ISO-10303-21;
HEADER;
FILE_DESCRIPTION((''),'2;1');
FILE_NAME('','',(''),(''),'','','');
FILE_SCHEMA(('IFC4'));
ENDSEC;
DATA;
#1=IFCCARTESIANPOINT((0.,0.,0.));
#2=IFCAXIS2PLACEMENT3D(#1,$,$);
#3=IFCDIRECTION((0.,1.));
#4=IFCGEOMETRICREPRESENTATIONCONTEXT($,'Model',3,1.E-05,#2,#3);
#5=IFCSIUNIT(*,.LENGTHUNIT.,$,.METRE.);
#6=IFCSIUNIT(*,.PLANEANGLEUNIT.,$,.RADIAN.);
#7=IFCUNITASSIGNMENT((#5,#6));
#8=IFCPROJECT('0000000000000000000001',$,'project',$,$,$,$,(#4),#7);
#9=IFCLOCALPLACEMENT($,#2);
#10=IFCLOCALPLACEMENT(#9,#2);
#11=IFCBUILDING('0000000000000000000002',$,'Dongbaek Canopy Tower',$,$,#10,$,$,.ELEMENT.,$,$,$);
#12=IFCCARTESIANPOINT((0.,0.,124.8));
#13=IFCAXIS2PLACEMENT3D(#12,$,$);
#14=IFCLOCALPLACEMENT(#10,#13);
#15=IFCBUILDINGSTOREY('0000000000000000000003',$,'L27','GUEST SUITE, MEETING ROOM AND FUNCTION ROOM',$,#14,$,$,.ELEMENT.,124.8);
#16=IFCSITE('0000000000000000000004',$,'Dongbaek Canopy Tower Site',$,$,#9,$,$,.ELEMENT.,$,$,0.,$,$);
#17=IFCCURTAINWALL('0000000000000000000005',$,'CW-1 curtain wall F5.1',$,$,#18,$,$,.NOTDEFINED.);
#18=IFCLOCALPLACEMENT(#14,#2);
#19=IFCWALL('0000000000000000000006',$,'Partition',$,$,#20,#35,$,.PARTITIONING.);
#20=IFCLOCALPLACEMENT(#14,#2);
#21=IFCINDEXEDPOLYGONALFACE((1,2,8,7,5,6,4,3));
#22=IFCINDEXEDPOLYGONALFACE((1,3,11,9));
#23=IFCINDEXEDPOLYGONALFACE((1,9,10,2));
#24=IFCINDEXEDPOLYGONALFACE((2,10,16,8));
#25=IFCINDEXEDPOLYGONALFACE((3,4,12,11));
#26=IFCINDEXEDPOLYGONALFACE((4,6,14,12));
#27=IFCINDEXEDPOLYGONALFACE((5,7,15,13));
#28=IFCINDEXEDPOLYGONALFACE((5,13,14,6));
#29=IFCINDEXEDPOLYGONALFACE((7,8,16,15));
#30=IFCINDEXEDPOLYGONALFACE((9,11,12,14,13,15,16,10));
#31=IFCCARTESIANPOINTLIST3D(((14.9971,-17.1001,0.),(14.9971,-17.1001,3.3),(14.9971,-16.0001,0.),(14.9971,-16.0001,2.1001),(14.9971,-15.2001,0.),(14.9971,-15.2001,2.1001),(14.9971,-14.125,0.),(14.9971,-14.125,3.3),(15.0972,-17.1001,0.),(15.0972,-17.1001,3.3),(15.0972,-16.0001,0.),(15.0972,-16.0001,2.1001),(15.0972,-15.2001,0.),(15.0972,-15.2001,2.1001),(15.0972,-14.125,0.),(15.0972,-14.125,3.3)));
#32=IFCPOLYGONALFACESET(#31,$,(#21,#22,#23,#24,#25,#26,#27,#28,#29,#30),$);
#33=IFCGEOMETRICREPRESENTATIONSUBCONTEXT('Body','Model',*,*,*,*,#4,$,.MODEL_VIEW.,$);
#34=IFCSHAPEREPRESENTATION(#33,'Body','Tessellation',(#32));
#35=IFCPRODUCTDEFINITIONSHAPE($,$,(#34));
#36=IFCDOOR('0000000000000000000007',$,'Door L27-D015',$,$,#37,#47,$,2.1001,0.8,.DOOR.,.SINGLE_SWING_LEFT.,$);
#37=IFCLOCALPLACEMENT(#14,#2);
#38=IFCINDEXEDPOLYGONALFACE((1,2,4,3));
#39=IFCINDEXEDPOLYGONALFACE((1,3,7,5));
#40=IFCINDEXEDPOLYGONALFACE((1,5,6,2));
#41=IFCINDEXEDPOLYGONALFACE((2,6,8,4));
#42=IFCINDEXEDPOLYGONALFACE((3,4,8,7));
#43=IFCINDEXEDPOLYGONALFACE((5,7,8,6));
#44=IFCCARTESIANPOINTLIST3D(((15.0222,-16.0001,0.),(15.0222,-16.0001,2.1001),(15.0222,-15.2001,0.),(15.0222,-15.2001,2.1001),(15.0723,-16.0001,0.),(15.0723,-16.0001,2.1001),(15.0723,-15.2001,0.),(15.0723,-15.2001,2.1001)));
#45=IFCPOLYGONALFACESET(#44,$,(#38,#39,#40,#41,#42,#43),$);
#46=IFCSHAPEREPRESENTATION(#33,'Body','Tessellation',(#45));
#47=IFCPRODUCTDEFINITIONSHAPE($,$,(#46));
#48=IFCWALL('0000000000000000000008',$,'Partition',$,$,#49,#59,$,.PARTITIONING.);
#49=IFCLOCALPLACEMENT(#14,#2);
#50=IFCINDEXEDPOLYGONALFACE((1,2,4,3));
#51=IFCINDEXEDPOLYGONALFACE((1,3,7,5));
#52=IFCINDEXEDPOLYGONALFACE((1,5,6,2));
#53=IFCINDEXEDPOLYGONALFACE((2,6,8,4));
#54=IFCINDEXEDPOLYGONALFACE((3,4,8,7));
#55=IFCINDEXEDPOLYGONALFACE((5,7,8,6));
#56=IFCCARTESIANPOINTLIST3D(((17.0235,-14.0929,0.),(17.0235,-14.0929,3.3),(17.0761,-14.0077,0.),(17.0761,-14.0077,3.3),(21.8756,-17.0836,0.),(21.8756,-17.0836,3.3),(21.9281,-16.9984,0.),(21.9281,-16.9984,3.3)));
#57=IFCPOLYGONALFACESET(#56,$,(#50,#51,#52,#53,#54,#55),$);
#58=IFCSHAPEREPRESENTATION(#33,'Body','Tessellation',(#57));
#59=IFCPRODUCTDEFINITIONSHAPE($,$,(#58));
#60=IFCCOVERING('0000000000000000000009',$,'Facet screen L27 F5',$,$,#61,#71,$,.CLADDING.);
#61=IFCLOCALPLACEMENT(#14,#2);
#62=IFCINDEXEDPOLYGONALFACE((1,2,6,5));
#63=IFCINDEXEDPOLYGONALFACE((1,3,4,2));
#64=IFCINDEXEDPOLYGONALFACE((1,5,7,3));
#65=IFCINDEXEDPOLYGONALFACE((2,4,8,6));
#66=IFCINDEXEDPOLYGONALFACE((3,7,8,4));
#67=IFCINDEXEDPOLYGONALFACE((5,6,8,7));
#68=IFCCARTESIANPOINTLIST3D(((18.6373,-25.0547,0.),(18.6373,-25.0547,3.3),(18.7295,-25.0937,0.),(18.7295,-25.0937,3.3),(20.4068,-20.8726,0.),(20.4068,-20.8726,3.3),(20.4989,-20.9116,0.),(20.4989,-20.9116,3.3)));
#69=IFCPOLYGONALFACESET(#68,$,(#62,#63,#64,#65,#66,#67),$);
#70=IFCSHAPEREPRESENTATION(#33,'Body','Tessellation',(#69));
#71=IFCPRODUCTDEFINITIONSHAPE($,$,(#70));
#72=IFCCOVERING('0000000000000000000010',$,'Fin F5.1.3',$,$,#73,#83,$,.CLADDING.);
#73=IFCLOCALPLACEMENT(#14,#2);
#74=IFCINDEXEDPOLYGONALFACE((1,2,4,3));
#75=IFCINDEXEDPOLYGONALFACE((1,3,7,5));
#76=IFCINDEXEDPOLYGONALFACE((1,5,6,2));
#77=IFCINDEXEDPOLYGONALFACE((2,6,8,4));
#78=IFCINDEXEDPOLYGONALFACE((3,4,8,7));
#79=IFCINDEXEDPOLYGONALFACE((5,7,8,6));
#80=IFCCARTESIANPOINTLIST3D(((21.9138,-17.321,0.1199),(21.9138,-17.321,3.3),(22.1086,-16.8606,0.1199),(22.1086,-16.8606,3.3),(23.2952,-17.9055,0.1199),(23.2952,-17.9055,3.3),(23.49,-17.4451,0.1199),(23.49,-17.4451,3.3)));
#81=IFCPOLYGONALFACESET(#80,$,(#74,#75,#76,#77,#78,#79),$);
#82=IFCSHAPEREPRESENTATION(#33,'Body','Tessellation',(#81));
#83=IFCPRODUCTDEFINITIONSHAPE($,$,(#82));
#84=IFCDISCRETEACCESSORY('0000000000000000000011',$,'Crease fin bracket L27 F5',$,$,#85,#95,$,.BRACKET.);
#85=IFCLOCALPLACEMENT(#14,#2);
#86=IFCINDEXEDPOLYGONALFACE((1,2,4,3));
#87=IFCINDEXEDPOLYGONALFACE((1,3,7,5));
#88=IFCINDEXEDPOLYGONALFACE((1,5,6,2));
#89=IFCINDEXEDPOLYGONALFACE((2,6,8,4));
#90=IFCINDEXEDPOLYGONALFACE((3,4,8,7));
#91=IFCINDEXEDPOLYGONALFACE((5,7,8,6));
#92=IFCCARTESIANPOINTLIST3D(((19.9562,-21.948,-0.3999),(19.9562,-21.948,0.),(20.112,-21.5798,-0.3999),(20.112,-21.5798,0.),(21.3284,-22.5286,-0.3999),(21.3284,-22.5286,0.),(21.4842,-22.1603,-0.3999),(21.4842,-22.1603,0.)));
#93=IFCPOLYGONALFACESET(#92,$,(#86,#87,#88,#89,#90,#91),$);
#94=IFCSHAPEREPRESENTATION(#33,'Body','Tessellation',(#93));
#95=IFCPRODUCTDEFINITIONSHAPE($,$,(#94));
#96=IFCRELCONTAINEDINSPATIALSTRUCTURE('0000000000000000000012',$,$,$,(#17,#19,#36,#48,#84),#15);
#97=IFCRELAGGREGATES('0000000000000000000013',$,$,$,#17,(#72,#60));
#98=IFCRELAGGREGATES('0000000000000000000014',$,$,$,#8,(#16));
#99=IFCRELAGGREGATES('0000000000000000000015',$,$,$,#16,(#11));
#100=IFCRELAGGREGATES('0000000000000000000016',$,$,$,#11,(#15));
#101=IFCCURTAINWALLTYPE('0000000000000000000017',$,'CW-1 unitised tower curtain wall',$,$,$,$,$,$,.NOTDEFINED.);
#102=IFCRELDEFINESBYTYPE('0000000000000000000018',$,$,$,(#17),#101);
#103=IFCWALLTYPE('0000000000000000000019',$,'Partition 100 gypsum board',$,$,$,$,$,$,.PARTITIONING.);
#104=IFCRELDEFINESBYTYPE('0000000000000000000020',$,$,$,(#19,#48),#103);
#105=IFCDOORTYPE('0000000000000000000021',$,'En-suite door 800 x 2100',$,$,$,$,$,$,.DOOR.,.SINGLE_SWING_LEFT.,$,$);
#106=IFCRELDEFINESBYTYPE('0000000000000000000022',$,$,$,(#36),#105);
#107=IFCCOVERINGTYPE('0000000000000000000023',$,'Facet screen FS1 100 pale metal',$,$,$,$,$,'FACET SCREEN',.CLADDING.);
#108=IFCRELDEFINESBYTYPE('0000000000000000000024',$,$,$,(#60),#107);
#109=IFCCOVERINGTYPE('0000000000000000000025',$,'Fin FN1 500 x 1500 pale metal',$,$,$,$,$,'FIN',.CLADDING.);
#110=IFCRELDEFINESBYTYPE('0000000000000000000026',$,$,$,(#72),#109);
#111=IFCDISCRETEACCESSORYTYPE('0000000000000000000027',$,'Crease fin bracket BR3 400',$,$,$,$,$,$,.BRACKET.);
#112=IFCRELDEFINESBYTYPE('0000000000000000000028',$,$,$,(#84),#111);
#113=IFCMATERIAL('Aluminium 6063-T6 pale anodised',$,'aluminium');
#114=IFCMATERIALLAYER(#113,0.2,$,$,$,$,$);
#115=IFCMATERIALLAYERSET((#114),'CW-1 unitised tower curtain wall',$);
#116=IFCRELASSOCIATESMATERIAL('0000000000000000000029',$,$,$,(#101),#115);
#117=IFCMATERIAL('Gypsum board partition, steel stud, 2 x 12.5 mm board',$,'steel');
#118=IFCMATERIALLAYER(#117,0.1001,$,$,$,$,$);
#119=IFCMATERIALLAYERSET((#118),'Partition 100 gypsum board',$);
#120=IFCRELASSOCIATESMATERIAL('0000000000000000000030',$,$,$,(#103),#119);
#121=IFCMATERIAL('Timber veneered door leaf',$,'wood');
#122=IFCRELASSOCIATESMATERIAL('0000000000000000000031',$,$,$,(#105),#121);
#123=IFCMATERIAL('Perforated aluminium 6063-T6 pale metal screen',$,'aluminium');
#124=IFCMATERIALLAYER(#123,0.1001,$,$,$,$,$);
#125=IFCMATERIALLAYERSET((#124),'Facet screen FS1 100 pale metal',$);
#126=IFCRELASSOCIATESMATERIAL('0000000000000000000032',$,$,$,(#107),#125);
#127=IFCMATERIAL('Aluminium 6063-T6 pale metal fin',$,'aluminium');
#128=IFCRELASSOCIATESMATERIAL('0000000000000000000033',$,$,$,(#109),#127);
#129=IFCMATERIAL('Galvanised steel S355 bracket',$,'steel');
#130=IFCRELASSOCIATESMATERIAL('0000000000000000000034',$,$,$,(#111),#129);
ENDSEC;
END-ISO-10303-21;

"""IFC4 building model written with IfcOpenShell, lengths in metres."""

from ifc_helpers import new_model, si_unit, direction, frame, frame_2d, origin, origin_2d, place, context, subcontext, project, spatial, rectangle, extrude, material, layer, layer_set, material_profile, profile_set, type_object, element, fill, aggregate, save


model = new_model("IFC4")

# Units and contexts
model_context = context("Model", 3, precision=1e-05, world=origin(), true_north=direction((0.0, 1.0)))
body_context = subcontext(model_context, "Body", "Model", "MODEL_VIEW")
ifc_project = project(units=[si_unit("LENGTHUNIT", "METRE"), si_unit("PLANEANGLEUNIT", "RADIAN")], contexts=[model_context])

# Site, building, storey
site_placement = place(None, origin())
site = spatial("IfcSite", under=ifc_project, at=site_placement, Name="Dongbaek Canopy Tower Site", CompositionType="ELEMENT", RefElevation=0.0)
building_placement = place(site_placement, origin())
building = spatial("IfcBuilding", under=site, at=building_placement, Name="Dongbaek Canopy Tower", CompositionType="ELEMENT")
storey_placement = place(building_placement, frame((0.0, 0.0, 124.8)))
storey = spatial("IfcBuildingStorey", under=building, at=storey_placement, Name="L27", Description="GUEST SUITE, MEETING ROOM AND FUNCTION ROOM", CompositionType="ELEMENT", Elevation=124.8)

# Curtain wall
ifc_material_1 = material(Name="Aluminium 6063-T6 pale anodised", Category="aluminium")
ifc_layer_1 = layer(ifc_material_1, 0.2)
ifc_layer_set_1 = layer_set([ifc_layer_1], Name="CW-1 unitised tower curtain wall")
curtain_wall_type = type_object("IfcCurtainWallType", Name="CW-1 unitised tower curtain wall", PredefinedType="NOTDEFINED", material=ifc_layer_set_1)
curtain_wall_placement = place(storey_placement, origin())
curtain_wall = element("IfcCurtainWall", 1, at=curtain_wall_placement, inside=storey, type_object=curtain_wall_type, Name="CW-1 curtain wall F5.1", PredefinedType="NOTDEFINED")

# Wall, opening, door
ifc_material_2 = material(Name="Gypsum board partition, steel stud, 2 x 12.5 mm board", Category="steel")
ifc_layer_2 = layer(ifc_material_2, 0.1001)
ifc_layer_set_2 = layer_set([ifc_layer_2], Name="Partition 100 gypsum board")
wall_type_1 = type_object("IfcWallType", Name="Partition 100 gypsum board", PredefinedType="PARTITIONING", material=ifc_layer_set_2)
wall_1_placement = place(storey_placement, frame((15.0471, -17.1001, 0.0), z_axis=(0.0, 0.0, 1.0), x_axis=(0.0, 1.0, 0.0)))
wall_1 = element("IfcWall", 2, at=wall_1_placement, inside=storey, type_object=wall_type_1, Name="Partition", PredefinedType="PARTITIONING", context=body_context, shape_type="SweptSolid", body=[
    extrude(rectangle(XDim=2.9751, YDim=0.1001, at=frame_2d((1.4875, 0.0))), origin(), (0.0, 0.0, 1.0), 3.3),
])
opening_1_placement = place(wall_1_placement, frame((1.1001, 0.0, 0.0)))
opening_1 = element("IfcOpeningElement", 3, at=opening_1_placement, cuts=wall_1, PredefinedType="OPENING", context=body_context, shape_type="SweptSolid", body=[
    extrude(rectangle(XDim=0.8, YDim=2.1001, at=frame_2d((0.3999, 1.05))), frame((0.0, 0.0601, 0.0), z_axis=(0.0, -1.0, 0.0), x_axis=(1.0, 0.0, 0.0)), (0.0, 0.0, 1.0), 0.1201),
])
ifc_material_3 = material(Name="Timber veneered door leaf", Category="wood")
door_type_1 = type_object("IfcDoorType", Name="En-suite door 800 x 2100", OperationType="SINGLE_SWING_LEFT", PredefinedType="DOOR", material=ifc_material_3)
door_1_placement = place(opening_1_placement, origin())
door_1 = element("IfcDoor", 4, at=door_1_placement, inside=storey, type_object=door_type_1, Name="Door L27-D015", OperationType="SINGLE_SWING_LEFT", OverallHeight=2.1001, OverallWidth=0.8, PredefinedType="DOOR", context=body_context, shape_type="SweptSolid", body=[
    extrude(rectangle(XDim=0.8, YDim=2.1001, at=frame_2d((0.3999, 1.05))), frame((0.0, 0.0249, 0.0), z_axis=(0.0, -1.0, 0.0), x_axis=(1.0, 0.0, 0.0)), (0.0, 0.0, 1.0), 0.05),
])
fill(opening_1, door_1)

# Wall
wall_2_placement = place(storey_placement, frame((17.0498, -14.0503, 0.0), z_axis=(0.0, 0.0, 1.0), x_axis=(0.851279, -0.524714, 0.0)))
element("IfcWall", 5, at=wall_2_placement, inside=storey, type_object=wall_type_1, Name="Partition", PredefinedType="PARTITIONING", context=body_context, shape_type="SweptSolid", body=[
    extrude(rectangle(XDim=5.6997, YDim=0.1001, at=frame_2d((2.8499, 0.0))), origin(), (0.0, 0.0, 1.0), 3.3),
])

# Coverings
ifc_material_4 = material(Name="Perforated aluminium 6063-T6 pale metal screen", Category="aluminium")
ifc_layer_3 = layer(ifc_material_4, 0.1001)
ifc_layer_set_3 = layer_set([ifc_layer_3], Name="Facet screen FS1 100 pale metal")
covering_type_1 = type_object("IfcCoveringType", Name="Facet screen FS1 100 pale metal", ElementType="FACET SCREEN", PredefinedType="CLADDING", material=ifc_layer_set_3)
covering_1_placement = place(storey_placement, frame((19.5681, -22.9832, 0.0), z_axis=(0.0, 0.0, 1.0), x_axis=(0.389662, 0.920958, 0.0)))
covering_1 = element("IfcCovering", 6, at=covering_1_placement, type_object=covering_type_1, Name="Facet screen L27 F5", PredefinedType="CLADDING", context=body_context, shape_type="SweptSolid", body=[
    extrude(rectangle(XDim=4.541, YDim=0.1001, at=origin_2d()), origin(), (0.0, 0.0, 1.0), 3.3),
])
ifc_material_5 = material(Name="Aluminium 6063-T6 pale metal fin", Category="aluminium")
ifc_material_profile_1 = material_profile(ifc_material_5, rectangle(XDim=1.5, YDim=0.5, at=origin_2d()), Name="Fin FN1 500 x 1500 pale metal")
ifc_profile_set_1 = profile_set([ifc_material_profile_1], Name="Aluminium 6063-T6 pale metal fin")
covering_type_2 = type_object("IfcCoveringType", Name="Fin FN1 500 x 1500 pale metal", ElementType="FIN", PredefinedType="CLADDING", material=ifc_profile_set_1)
covering_2_placement = place(storey_placement, frame((22.7019, -17.3831, 0.1199), z_axis=(0.0, 0.0, 1.0), x_axis=(0.920958, -0.389663, 0.0)))
covering_2 = element("IfcCovering", 7, at=covering_2_placement, type_object=covering_type_2, Name="Fin F5.1.3", PredefinedType="CLADDING", context=body_context, shape_type="SweptSolid", body=[
    extrude(rectangle(XDim=1.5, YDim=0.5, at=origin_2d()), origin(), (0.0, 0.0, 1.0), 3.1802),
])
aggregate(curtain_wall, [covering_2, covering_1])

# Discrete accessory
ifc_material_6 = material(Name="Galvanised steel S355 bracket", Category="steel")
discrete_accessory_type = type_object("IfcDiscreteAccessoryType", Name="Crease fin bracket BR3 400", PredefinedType="BRACKET", material=ifc_material_6)
discrete_accessory_placement = place(storey_placement, frame((20.7202, -22.0542, -0.3999), z_axis=(0.0, 0.0, 1.0), x_axis=(0.920958, -0.389662, 0.0)))
element("IfcDiscreteAccessory", 8, at=discrete_accessory_placement, inside=storey, type_object=discrete_accessory_type, Name="Crease fin bracket L27 F5", PredefinedType="BRACKET", context=body_context, shape_type="SweptSolid", body=[
    extrude(rectangle(XDim=1.49, YDim=0.3999, at=origin_2d()), origin(), (0.0, 0.0, 1.0), 0.3999),
])

save(model, "model.ifc")
